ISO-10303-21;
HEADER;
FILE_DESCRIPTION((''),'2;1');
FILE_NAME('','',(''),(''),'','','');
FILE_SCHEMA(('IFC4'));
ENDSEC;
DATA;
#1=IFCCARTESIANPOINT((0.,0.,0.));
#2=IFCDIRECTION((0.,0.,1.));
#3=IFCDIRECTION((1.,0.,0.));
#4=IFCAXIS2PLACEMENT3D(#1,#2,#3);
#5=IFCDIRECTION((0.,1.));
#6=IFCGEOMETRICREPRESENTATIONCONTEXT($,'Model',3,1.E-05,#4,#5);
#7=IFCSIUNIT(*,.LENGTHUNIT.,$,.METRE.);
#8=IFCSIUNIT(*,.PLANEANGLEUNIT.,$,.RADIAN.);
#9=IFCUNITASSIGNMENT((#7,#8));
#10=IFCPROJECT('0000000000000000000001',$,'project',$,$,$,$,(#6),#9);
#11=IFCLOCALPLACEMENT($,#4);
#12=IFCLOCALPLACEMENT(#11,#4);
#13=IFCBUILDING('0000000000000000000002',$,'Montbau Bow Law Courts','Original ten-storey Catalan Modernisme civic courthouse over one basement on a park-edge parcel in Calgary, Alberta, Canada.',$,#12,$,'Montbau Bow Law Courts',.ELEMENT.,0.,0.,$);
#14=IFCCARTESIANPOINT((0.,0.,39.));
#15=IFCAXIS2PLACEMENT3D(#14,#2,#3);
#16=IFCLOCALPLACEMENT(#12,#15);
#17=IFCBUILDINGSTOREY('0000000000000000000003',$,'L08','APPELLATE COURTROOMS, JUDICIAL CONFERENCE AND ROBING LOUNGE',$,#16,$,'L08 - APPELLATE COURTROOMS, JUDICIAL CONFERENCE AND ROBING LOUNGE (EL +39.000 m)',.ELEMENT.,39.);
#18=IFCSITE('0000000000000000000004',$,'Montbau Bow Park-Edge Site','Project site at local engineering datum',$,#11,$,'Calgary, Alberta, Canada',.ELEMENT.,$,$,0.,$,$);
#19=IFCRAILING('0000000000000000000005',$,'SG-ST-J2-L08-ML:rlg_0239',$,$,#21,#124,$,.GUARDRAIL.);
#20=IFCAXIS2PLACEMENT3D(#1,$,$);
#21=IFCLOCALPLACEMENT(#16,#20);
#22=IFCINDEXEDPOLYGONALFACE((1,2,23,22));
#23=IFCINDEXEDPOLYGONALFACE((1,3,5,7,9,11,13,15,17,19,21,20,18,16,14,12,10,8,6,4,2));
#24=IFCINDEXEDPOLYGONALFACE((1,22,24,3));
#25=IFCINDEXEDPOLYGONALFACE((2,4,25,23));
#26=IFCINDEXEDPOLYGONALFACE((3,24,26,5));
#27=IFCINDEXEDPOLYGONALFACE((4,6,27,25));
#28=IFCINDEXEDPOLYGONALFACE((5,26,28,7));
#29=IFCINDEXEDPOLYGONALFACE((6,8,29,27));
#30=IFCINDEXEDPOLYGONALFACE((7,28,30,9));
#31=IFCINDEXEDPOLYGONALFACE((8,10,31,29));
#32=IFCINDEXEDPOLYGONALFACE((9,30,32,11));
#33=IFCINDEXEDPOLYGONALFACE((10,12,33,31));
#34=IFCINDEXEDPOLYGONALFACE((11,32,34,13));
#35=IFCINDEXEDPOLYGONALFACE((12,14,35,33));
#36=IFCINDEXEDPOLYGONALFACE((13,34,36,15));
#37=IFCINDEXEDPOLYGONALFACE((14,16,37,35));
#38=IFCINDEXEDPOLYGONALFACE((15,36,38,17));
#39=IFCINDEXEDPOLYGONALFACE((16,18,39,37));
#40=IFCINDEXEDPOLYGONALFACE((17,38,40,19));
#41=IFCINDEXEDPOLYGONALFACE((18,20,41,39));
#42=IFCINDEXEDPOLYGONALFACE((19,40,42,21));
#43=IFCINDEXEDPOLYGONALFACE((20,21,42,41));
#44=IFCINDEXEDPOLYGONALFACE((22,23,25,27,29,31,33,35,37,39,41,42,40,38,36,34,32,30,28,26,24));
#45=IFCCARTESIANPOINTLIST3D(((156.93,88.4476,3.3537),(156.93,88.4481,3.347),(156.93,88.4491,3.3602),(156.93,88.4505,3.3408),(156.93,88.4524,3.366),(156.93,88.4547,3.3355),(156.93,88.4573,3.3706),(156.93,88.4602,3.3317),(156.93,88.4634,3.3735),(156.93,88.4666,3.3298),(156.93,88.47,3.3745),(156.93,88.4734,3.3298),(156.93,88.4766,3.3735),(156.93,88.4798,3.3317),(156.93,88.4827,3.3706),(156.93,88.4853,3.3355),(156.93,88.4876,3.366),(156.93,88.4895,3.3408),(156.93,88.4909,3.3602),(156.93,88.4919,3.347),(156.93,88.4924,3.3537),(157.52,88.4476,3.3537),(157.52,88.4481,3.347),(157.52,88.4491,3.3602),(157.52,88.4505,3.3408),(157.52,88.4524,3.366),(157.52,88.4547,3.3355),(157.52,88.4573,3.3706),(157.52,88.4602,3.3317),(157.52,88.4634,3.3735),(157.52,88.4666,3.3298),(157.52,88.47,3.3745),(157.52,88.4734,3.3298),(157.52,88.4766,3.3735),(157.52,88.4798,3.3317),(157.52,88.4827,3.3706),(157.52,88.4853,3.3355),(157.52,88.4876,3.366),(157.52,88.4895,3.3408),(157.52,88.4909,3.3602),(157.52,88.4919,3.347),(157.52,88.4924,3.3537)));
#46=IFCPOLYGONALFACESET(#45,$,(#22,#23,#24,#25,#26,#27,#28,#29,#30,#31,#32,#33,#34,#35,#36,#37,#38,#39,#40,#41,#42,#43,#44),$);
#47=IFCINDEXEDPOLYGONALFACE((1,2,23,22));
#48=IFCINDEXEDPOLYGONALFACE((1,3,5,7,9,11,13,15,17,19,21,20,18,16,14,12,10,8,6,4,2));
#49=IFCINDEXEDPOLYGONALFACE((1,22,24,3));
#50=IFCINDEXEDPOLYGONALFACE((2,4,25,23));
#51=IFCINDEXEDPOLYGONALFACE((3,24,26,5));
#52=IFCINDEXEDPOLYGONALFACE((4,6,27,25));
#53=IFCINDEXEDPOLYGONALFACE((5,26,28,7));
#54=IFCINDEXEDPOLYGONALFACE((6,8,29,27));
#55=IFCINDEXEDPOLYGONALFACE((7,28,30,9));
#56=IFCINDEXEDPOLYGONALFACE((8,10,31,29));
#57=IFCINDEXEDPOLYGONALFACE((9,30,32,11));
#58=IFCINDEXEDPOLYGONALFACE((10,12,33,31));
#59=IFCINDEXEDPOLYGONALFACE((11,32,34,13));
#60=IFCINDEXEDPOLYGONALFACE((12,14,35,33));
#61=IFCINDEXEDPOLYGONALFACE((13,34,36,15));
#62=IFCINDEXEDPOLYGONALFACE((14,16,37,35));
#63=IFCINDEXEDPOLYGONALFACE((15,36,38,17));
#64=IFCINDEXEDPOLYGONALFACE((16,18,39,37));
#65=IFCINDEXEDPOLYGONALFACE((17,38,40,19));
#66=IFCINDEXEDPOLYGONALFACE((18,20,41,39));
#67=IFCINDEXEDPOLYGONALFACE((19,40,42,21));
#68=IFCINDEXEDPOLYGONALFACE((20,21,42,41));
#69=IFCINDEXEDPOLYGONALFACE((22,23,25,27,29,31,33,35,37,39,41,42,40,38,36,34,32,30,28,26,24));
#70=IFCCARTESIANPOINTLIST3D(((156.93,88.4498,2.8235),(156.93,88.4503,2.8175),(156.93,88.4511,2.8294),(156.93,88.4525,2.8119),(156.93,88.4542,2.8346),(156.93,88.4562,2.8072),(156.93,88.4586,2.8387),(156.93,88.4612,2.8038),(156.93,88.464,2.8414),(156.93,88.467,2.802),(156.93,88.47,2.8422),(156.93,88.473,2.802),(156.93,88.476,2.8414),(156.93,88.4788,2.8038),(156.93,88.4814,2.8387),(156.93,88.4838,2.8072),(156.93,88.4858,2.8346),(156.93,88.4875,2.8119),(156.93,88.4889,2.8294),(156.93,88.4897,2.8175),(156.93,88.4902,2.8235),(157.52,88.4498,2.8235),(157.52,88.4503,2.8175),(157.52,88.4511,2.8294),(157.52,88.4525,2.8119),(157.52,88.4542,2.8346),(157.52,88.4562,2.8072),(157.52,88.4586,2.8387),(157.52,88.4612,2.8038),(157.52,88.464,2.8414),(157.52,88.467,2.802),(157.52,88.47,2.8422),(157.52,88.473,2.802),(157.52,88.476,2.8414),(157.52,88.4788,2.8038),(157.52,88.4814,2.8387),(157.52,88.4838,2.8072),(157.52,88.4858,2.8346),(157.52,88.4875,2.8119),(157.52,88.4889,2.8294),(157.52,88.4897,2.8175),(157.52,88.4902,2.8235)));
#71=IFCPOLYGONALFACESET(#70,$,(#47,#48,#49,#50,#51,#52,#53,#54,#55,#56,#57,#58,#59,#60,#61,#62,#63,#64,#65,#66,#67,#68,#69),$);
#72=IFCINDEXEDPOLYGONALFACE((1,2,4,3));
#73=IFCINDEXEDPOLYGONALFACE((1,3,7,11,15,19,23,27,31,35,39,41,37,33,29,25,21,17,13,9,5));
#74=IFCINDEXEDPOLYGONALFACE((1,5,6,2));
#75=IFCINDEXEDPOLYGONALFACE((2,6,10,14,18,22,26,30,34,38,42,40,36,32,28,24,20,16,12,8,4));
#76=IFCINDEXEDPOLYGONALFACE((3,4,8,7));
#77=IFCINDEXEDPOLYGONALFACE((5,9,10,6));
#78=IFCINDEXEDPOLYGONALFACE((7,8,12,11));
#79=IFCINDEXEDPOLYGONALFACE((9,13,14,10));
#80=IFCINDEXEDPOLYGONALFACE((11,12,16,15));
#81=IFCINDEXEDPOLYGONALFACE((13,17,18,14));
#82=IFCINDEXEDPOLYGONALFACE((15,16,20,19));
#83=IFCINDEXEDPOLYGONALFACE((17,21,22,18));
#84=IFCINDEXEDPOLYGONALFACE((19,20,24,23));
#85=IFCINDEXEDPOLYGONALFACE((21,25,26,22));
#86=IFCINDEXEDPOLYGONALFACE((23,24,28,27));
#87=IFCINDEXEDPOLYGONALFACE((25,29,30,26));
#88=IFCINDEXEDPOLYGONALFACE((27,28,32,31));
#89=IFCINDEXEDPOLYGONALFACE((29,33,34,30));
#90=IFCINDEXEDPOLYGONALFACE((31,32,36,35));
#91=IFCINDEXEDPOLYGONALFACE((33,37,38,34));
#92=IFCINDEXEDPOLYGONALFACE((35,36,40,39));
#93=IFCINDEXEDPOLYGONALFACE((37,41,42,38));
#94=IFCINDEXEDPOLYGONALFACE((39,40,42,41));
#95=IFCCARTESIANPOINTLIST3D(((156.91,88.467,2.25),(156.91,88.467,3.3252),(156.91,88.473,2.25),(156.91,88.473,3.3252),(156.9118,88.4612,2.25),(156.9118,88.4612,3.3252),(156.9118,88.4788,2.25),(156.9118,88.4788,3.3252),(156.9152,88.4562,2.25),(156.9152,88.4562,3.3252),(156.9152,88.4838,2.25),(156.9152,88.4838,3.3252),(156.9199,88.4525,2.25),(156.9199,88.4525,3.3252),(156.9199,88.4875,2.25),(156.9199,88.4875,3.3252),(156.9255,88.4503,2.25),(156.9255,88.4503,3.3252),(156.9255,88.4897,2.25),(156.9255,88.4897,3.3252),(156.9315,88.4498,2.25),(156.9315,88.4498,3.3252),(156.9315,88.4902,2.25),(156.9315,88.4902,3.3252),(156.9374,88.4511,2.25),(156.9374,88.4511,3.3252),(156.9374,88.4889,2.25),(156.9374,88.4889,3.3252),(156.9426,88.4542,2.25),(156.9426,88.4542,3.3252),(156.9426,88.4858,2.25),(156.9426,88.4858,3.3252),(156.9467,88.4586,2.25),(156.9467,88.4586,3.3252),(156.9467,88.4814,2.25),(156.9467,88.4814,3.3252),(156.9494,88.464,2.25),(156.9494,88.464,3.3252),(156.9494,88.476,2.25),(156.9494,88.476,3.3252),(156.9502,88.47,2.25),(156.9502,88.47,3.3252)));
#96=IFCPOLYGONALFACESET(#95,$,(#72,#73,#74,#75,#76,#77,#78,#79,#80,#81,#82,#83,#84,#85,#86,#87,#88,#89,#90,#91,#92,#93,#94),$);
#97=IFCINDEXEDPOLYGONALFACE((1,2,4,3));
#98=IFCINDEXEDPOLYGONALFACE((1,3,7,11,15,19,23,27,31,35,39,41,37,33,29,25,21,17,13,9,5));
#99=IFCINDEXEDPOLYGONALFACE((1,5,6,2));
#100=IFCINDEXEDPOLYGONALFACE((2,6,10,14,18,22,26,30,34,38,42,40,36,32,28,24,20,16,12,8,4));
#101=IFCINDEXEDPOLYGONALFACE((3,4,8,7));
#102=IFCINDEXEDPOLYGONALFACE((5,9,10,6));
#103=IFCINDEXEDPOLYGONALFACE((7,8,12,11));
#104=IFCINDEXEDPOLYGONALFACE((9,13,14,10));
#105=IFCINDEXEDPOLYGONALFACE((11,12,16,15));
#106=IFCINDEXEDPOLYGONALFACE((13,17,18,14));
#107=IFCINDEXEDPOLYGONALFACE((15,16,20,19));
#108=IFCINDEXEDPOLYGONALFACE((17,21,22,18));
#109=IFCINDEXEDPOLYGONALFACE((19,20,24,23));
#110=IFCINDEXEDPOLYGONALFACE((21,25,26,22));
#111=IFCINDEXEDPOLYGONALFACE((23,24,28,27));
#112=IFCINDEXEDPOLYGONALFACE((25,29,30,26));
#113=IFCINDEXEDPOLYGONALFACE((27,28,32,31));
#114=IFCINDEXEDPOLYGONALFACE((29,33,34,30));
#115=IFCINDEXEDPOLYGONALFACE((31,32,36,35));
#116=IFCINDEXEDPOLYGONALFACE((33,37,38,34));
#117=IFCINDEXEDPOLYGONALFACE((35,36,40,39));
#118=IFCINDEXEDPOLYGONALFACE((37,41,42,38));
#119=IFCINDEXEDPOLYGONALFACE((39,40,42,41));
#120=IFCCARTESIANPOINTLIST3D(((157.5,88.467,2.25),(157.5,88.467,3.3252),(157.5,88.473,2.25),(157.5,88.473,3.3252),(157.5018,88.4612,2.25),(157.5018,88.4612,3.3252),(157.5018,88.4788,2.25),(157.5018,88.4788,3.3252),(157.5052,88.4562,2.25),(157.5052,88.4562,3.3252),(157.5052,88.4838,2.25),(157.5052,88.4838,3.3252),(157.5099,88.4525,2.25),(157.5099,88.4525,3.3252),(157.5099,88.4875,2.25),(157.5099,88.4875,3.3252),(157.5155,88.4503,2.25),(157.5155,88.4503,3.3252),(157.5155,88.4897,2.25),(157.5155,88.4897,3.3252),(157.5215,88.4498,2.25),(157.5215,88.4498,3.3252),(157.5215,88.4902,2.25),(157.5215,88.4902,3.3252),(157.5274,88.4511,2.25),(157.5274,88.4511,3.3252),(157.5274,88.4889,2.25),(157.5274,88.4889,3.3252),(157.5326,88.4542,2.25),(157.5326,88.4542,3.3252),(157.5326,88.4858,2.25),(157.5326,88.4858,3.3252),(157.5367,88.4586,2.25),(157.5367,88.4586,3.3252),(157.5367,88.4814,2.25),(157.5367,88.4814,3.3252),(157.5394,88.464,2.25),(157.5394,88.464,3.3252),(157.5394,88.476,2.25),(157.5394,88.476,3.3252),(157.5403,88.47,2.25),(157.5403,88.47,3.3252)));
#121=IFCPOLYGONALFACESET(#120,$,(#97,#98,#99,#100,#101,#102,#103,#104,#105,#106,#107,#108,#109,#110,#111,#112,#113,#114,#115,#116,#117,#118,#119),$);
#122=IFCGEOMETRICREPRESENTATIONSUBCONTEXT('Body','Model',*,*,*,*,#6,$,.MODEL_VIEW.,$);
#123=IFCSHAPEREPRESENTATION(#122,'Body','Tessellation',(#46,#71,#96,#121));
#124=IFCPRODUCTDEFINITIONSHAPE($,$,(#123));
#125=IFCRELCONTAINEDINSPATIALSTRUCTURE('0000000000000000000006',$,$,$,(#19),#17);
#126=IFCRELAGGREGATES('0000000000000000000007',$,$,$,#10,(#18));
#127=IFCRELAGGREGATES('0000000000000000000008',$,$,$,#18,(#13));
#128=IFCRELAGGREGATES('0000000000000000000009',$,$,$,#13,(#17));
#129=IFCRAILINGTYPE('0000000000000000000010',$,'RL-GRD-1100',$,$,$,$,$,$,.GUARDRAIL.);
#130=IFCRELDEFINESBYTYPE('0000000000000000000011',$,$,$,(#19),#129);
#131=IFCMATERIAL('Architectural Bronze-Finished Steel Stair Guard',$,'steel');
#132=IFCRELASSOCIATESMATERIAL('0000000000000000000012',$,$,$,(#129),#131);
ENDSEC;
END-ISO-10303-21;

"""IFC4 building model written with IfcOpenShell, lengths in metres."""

from ifc_helpers import new_model, si_unit, direction, frame, origin_with_axes, origin_2d_with_axis, place, context, subcontext, project, spatial, circle, extrude, material, type_object, element, save


model = new_model("IFC4")

# Units and contexts
model_context = context("Model", 3, precision=1e-05, world=origin_with_axes(), true_north=direction((0.0, 1.0)))
body_context = subcontext(model_context, "Body", "Model", "MODEL_VIEW")
ifc_project = project(units=[si_unit("LENGTHUNIT", "METRE"), si_unit("PLANEANGLEUNIT", "RADIAN")], contexts=[model_context])

# Site, building, storey
site_placement = place(None, origin_with_axes())
site = spatial("IfcSite", under=ifc_project, at=site_placement, Name="Montbau Bow Park-Edge Site", Description="Project site at local engineering datum", LongName="Calgary, Alberta, Canada", CompositionType="ELEMENT", RefElevation=0.0)
building_placement = place(site_placement, origin_with_axes())
building = spatial("IfcBuilding", under=site, at=building_placement, Name="Montbau Bow Law Courts", Description="Original ten-storey Catalan Modernisme civic courthouse over one basement on a park-edge parcel in Calgary, Alberta, Canada.", LongName="Montbau Bow Law Courts", CompositionType="ELEMENT", ElevationOfRefHeight=0.0, ElevationOfTerrain=0.0)
storey_placement = place(building_placement, frame((0.0, 0.0, 39.0), z_axis=(0.0, 0.0, 1.0), x_axis=(1.0, 0.0, 0.0)))
storey = spatial("IfcBuildingStorey", under=building, at=storey_placement, Name="L08", Description="APPELLATE COURTROOMS, JUDICIAL CONFERENCE AND ROBING LOUNGE", LongName="L08 - APPELLATE COURTROOMS, JUDICIAL CONFERENCE AND ROBING LOUNGE (EL +39.000 m)", CompositionType="ELEMENT", Elevation=39.0)

# Railing
ifc_material_1 = material(Name="Architectural Bronze-Finished Steel Stair Guard", Category="steel")
railing_type_1 = type_object("IfcRailingType", Name="RL-GRD-1100", PredefinedType="GUARDRAIL", material=ifc_material_1)
railing_1_placement = place(None, origin_with_axes())
element("IfcRailing", 1, at=railing_1_placement, inside=storey, type_object=railing_type_1, Name="SG-ST-J2-L08-ML:rlg_0239", PredefinedType="GUARDRAIL", context=body_context, shape_type="SweptSolid", body=[
    extrude(circle(Radius=0.0225, at=origin_2d_with_axis()), frame((156.93, 88.47, 42.352), z_axis=(1.0, 0.0, 0.0), x_axis=(0.0, 0.0, 1.0)), (0.0, 0.0, 1.0), 0.59),
    extrude(circle(Radius=0.0203, at=origin_2d_with_axis()), frame((156.93, 88.47, 41.822), z_axis=(1.0, 0.0, 0.0), x_axis=(0.0, 0.0, 1.0)), (0.0, 0.0, 1.0), 0.59),
    extrude(circle(Radius=0.0203, at=origin_2d_with_axis()), frame((156.93, 88.47, 41.25), z_axis=(0.0, 0.0, 1.0), x_axis=(1.0, 0.0, 0.0)), (0.0, 0.0, 1.0), 1.0753),
    extrude(circle(Radius=0.0203, at=origin_2d_with_axis()), frame((157.52, 88.47, 41.25), z_axis=(0.0, 0.0, 1.0), x_axis=(1.0, 0.0, 0.0)), (0.0, 0.0, 1.0), 1.0753),
])

save(model, "model.ifc")
